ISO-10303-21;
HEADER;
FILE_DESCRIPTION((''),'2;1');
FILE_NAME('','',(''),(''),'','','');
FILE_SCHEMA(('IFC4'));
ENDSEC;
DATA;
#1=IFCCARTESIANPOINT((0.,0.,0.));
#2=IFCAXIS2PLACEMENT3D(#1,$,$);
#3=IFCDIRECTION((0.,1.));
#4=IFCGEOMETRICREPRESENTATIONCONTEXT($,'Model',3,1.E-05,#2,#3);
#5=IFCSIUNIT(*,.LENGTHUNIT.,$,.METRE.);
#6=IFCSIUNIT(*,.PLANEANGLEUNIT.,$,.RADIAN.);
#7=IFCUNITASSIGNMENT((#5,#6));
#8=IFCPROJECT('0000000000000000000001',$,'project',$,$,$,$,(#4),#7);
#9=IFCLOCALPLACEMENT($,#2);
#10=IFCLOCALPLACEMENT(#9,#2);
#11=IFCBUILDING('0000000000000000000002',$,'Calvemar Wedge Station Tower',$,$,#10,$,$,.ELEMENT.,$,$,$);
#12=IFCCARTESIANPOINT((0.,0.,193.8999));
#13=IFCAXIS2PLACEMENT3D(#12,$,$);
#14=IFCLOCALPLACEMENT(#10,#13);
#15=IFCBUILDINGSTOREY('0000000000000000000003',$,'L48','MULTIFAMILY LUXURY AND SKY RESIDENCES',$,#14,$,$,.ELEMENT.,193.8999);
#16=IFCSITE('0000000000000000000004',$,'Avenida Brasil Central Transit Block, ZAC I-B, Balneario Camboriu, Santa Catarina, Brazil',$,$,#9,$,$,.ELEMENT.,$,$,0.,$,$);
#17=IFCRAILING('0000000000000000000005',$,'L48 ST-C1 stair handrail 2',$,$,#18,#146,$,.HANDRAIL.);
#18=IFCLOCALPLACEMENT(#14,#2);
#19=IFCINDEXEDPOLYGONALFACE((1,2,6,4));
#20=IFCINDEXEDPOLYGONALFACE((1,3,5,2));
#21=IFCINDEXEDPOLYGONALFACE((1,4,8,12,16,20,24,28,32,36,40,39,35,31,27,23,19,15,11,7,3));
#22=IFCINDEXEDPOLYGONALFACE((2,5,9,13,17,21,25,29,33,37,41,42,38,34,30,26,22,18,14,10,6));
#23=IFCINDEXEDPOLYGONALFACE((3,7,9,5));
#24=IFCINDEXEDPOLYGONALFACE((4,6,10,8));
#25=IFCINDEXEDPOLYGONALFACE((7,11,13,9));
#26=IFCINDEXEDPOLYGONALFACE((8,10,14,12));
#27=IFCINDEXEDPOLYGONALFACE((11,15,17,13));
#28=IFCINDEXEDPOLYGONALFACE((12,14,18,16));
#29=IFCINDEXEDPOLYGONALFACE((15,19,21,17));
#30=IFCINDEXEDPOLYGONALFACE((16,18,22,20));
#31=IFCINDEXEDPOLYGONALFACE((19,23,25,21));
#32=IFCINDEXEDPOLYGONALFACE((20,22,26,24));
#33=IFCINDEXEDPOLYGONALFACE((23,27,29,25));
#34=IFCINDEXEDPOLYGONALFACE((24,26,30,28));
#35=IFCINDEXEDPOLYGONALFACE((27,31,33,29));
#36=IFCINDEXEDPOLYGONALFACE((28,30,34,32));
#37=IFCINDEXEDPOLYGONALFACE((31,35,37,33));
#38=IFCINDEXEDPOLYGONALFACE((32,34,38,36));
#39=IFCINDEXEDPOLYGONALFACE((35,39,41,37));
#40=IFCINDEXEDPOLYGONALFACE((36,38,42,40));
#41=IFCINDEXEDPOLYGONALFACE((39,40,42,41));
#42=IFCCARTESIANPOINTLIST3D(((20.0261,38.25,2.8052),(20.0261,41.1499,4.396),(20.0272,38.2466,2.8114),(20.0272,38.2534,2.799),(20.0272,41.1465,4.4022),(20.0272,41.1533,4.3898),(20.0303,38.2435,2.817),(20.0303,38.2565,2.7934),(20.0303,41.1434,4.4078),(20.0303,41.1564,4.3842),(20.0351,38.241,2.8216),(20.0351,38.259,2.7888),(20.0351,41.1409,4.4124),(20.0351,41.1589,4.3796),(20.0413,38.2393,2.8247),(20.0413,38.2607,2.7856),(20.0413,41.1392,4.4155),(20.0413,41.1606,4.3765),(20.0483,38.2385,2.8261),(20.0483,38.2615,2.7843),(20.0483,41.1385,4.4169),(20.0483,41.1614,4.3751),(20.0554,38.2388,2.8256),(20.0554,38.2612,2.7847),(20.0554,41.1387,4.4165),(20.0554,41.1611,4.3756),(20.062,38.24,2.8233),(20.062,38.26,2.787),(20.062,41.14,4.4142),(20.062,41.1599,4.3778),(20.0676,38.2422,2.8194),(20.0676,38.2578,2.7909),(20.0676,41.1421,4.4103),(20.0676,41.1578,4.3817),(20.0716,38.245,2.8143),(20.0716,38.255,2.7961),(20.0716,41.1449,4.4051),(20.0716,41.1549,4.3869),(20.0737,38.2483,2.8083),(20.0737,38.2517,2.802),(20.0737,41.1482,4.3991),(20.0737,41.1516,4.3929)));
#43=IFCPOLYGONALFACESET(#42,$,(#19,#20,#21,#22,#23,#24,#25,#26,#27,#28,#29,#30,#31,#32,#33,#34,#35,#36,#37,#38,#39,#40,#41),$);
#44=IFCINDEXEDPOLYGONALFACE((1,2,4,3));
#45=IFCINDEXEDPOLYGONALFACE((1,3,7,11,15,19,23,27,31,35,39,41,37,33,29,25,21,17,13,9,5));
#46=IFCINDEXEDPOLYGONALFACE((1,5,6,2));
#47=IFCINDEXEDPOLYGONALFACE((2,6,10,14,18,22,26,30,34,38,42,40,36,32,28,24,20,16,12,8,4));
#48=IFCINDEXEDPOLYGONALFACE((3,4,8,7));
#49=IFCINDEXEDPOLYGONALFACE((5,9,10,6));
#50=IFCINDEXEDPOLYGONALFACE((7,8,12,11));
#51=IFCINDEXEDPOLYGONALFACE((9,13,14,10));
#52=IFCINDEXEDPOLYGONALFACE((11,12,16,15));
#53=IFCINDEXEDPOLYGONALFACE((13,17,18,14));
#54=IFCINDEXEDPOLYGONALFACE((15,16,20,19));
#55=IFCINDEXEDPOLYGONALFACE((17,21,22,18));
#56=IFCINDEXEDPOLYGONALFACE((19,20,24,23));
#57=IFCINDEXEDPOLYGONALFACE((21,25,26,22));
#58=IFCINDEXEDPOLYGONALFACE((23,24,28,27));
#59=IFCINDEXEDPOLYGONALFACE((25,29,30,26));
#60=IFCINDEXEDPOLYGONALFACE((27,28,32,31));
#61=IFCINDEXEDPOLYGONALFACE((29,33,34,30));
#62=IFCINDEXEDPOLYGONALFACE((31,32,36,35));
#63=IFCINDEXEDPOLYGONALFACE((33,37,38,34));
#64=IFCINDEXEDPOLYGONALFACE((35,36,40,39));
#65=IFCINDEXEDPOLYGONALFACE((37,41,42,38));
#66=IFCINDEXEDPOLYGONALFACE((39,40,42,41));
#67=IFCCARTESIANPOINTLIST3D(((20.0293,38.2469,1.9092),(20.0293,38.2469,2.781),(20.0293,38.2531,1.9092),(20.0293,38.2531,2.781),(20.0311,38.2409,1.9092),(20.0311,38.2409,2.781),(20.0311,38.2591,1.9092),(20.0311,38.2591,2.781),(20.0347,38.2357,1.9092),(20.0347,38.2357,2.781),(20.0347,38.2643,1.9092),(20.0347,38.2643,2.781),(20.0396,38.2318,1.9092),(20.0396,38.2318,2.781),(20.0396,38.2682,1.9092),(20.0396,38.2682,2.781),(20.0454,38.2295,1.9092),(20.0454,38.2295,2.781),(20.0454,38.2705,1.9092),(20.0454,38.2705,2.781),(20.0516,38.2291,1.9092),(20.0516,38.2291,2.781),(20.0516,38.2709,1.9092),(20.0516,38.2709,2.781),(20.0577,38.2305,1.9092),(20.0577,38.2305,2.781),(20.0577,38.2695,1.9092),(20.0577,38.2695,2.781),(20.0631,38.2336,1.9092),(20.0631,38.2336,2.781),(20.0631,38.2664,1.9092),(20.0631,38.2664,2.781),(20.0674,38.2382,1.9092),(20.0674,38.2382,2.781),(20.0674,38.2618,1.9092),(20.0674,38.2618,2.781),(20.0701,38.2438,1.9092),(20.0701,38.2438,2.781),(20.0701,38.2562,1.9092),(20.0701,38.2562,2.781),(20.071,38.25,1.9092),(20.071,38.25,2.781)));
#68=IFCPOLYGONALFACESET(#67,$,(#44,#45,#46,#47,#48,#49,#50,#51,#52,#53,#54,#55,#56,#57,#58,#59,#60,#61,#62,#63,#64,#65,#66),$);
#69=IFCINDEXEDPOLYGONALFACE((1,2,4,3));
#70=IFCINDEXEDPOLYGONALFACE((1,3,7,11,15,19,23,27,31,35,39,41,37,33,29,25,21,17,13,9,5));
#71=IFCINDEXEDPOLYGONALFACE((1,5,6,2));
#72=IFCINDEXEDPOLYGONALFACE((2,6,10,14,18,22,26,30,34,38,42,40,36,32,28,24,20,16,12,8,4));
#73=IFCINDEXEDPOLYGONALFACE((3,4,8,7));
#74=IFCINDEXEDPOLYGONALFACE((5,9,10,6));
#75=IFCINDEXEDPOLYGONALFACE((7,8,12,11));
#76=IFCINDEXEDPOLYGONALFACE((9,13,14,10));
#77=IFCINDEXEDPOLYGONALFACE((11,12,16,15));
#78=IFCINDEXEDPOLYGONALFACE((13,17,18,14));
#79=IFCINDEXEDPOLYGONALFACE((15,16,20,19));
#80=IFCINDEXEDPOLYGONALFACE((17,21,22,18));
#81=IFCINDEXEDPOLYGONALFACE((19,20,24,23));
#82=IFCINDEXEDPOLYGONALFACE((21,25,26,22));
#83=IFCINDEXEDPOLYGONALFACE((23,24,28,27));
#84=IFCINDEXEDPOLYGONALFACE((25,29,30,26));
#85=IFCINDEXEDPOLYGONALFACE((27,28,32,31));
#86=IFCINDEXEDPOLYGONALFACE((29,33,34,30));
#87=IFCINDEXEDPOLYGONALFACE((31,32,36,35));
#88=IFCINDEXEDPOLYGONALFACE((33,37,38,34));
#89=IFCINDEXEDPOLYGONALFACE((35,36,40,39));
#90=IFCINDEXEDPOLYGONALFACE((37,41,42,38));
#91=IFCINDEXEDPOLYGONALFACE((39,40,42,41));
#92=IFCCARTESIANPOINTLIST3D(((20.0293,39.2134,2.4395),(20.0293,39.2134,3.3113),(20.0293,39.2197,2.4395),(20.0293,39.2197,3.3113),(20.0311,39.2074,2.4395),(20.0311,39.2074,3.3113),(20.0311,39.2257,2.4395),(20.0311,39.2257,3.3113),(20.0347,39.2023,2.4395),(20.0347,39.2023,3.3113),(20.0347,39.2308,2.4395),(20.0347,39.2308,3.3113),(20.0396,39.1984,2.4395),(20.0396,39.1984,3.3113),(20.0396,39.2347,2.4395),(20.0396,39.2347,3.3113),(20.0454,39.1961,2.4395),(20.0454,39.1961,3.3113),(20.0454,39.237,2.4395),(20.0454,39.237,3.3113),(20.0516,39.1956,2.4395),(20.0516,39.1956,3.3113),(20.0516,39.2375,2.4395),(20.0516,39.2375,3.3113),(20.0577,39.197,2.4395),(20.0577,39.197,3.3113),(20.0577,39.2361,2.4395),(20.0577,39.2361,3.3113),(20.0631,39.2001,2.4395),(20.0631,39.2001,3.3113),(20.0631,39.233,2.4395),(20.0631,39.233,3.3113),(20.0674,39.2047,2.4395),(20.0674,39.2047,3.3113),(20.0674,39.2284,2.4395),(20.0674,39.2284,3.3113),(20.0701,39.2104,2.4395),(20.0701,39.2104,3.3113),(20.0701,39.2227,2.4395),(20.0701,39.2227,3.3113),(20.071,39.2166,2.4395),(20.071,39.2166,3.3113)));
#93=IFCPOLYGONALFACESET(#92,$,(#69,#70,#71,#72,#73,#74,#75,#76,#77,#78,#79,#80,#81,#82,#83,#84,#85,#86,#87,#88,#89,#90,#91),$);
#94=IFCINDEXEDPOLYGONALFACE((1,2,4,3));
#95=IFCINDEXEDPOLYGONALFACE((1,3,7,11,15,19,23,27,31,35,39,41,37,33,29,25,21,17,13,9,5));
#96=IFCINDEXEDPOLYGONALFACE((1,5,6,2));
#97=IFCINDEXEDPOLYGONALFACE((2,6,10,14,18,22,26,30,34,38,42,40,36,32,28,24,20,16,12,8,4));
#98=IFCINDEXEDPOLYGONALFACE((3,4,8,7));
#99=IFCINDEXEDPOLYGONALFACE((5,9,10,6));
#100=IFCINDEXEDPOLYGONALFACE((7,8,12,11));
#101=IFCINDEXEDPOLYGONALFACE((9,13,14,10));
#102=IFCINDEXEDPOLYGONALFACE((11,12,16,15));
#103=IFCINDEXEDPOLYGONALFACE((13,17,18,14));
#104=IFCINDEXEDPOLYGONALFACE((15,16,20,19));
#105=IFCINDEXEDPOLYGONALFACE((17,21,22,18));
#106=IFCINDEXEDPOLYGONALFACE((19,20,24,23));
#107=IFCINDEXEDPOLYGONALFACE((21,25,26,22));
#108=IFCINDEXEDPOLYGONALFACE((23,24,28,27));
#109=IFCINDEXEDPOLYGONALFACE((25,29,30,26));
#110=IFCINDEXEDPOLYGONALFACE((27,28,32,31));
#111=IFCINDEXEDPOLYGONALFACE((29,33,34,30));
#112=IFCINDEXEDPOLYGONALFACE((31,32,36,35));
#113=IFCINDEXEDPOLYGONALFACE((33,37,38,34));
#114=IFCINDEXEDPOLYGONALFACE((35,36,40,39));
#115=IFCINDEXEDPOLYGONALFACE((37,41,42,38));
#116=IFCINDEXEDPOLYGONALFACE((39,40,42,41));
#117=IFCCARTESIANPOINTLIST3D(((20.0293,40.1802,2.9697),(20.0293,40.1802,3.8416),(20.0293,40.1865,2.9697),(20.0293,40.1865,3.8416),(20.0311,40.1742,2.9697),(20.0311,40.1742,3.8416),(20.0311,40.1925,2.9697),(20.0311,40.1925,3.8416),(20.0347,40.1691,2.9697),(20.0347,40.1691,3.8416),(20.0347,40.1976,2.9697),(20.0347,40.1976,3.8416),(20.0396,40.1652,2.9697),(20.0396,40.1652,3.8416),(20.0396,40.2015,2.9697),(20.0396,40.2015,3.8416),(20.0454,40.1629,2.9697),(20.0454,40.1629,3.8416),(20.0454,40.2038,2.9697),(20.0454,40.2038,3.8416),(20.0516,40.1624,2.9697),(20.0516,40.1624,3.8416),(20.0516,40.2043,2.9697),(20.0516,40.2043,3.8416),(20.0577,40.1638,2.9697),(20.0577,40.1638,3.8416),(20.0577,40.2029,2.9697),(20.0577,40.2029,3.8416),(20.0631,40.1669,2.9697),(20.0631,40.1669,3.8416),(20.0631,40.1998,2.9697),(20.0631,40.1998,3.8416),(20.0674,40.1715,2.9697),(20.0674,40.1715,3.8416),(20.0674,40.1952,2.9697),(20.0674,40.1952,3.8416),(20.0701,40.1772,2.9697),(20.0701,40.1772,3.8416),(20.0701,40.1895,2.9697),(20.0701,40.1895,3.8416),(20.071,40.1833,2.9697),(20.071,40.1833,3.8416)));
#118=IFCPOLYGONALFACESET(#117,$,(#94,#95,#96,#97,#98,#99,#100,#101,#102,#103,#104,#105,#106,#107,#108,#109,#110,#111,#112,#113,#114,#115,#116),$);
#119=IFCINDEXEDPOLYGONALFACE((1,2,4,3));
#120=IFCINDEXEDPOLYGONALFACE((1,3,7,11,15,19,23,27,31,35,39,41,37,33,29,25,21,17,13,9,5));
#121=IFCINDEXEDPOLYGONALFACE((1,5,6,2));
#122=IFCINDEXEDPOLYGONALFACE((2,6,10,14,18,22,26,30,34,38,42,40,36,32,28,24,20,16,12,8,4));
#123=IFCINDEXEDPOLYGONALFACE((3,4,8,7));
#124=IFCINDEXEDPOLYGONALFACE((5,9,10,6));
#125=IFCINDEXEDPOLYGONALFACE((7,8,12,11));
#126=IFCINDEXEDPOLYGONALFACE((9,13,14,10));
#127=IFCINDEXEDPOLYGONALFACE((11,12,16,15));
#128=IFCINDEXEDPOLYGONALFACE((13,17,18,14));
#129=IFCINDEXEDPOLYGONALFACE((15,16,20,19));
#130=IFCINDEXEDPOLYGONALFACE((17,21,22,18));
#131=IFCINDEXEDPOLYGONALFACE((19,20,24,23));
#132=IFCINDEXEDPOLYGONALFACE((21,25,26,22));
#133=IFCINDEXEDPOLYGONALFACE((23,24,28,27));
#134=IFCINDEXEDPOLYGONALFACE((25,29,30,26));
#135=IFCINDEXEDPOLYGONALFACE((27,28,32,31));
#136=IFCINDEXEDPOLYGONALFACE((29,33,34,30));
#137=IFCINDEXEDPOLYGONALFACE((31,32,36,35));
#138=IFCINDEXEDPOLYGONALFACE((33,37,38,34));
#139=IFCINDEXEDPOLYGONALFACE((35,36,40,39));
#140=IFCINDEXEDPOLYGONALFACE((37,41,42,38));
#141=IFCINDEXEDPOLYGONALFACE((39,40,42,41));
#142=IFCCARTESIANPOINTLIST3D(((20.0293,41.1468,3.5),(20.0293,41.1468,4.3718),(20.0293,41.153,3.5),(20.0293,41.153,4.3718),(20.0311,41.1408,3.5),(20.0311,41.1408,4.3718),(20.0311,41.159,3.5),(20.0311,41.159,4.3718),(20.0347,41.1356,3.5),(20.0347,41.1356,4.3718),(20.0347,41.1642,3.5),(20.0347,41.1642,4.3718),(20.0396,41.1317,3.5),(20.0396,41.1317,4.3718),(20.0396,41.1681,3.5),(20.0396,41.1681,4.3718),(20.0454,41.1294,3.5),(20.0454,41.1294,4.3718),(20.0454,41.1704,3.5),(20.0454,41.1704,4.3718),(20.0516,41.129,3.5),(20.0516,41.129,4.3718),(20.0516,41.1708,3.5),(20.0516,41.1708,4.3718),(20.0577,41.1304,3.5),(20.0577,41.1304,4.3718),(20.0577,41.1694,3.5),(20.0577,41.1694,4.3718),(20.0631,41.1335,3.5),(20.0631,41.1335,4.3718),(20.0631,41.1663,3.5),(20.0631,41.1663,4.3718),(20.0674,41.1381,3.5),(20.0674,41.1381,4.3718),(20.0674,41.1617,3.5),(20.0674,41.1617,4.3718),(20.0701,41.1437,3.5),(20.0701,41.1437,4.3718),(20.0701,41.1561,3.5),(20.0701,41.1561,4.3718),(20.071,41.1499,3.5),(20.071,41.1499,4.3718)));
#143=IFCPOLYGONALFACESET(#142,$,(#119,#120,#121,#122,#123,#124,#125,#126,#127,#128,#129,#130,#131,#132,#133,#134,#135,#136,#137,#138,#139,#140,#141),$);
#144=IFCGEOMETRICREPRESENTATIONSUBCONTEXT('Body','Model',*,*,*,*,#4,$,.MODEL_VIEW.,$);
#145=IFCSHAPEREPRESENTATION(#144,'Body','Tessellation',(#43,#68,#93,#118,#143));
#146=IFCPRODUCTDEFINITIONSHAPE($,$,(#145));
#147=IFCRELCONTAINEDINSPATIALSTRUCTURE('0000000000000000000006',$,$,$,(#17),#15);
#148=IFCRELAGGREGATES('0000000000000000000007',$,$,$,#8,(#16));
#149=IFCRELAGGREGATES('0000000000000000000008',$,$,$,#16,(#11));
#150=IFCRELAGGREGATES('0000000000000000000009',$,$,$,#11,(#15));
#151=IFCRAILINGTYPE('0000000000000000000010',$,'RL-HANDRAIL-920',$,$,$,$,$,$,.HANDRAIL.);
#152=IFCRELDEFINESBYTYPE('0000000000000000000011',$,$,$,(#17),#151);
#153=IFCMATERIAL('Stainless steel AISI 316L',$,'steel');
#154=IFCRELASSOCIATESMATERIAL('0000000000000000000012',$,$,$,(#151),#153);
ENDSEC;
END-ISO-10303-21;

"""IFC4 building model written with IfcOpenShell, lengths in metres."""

from ifc_helpers import new_model, si_unit, direction, frame, origin, origin_2d, place, context, subcontext, project, spatial, circle, extrude, material, type_object, element, save


model = new_model("IFC4")

# Units and contexts
model_context = context("Model", 3, precision=1e-05, world=origin(), true_north=direction((0.0, 1.0)))
body_context = subcontext(model_context, "Body", "Model", "MODEL_VIEW")
ifc_project = project(units=[si_unit("LENGTHUNIT", "METRE"), si_unit("PLANEANGLEUNIT", "RADIAN")], contexts=[model_context])

# Site, building, storey
site_placement = place(None, origin())
site = spatial("IfcSite", under=ifc_project, at=site_placement, Name="Avenida Brasil Central Transit Block, ZAC I-B, Balneario Camboriu, Santa Catarina, Brazil", CompositionType="ELEMENT", RefElevation=0.0)
building_placement = place(site_placement, origin())
building = spatial("IfcBuilding", under=site, at=building_placement, Name="Calvemar Wedge Station Tower", CompositionType="ELEMENT")
storey_placement = place(building_placement, frame((0.0, 0.0, 193.8999)))
storey = spatial("IfcBuildingStorey", under=building, at=storey_placement, Name="L48", Description="MULTIFAMILY LUXURY AND SKY RESIDENCES", CompositionType="ELEMENT", Elevation=193.8999)

# Railing
ifc_material_1 = material(Name="Stainless steel AISI 316L", Category="steel")
railing_type_1 = type_object("IfcRailingType", Name="RL-HANDRAIL-920", PredefinedType="HANDRAIL", material=ifc_material_1)
railing_1_placement = place(storey_placement, frame((20.05, 38.25, 1.9092)))
element("IfcRailing", 1, at=railing_1_placement, inside=storey, type_object=railing_type_1, Name="L48 ST-C1 stair handrail 2", PredefinedType="HANDRAIL", context=body_context, shape_type="SweptSolid", body=[
    extrude(circle(Radius=0.0239, at=origin_2d()), frame((0.0, 0.0, 0.896), z_axis=(0.0, 0.876742, 0.480961), x_axis=(-1.0, 0.0, 0.0)), (0.0, 0.0, 1.0), 3.3076),
    extrude(circle(Radius=0.021, at=origin_2d()), origin(), (0.0, 0.0, 1.0), 0.8718),
    extrude(circle(Radius=0.021, at=origin_2d()), frame((0.0, 0.9666, 0.5303)), (0.0, 0.0, 1.0), 0.8718),
    extrude(circle(Radius=0.021, at=origin_2d()), frame((0.0, 1.9333, 1.0605)), (0.0, 0.0, 1.0), 0.8718),
    extrude(circle(Radius=0.021, at=origin_2d()), frame((0.0, 2.8999, 1.5908)), (0.0, 0.0, 1.0), 0.8718),
])

save(model, "model.ifc")
